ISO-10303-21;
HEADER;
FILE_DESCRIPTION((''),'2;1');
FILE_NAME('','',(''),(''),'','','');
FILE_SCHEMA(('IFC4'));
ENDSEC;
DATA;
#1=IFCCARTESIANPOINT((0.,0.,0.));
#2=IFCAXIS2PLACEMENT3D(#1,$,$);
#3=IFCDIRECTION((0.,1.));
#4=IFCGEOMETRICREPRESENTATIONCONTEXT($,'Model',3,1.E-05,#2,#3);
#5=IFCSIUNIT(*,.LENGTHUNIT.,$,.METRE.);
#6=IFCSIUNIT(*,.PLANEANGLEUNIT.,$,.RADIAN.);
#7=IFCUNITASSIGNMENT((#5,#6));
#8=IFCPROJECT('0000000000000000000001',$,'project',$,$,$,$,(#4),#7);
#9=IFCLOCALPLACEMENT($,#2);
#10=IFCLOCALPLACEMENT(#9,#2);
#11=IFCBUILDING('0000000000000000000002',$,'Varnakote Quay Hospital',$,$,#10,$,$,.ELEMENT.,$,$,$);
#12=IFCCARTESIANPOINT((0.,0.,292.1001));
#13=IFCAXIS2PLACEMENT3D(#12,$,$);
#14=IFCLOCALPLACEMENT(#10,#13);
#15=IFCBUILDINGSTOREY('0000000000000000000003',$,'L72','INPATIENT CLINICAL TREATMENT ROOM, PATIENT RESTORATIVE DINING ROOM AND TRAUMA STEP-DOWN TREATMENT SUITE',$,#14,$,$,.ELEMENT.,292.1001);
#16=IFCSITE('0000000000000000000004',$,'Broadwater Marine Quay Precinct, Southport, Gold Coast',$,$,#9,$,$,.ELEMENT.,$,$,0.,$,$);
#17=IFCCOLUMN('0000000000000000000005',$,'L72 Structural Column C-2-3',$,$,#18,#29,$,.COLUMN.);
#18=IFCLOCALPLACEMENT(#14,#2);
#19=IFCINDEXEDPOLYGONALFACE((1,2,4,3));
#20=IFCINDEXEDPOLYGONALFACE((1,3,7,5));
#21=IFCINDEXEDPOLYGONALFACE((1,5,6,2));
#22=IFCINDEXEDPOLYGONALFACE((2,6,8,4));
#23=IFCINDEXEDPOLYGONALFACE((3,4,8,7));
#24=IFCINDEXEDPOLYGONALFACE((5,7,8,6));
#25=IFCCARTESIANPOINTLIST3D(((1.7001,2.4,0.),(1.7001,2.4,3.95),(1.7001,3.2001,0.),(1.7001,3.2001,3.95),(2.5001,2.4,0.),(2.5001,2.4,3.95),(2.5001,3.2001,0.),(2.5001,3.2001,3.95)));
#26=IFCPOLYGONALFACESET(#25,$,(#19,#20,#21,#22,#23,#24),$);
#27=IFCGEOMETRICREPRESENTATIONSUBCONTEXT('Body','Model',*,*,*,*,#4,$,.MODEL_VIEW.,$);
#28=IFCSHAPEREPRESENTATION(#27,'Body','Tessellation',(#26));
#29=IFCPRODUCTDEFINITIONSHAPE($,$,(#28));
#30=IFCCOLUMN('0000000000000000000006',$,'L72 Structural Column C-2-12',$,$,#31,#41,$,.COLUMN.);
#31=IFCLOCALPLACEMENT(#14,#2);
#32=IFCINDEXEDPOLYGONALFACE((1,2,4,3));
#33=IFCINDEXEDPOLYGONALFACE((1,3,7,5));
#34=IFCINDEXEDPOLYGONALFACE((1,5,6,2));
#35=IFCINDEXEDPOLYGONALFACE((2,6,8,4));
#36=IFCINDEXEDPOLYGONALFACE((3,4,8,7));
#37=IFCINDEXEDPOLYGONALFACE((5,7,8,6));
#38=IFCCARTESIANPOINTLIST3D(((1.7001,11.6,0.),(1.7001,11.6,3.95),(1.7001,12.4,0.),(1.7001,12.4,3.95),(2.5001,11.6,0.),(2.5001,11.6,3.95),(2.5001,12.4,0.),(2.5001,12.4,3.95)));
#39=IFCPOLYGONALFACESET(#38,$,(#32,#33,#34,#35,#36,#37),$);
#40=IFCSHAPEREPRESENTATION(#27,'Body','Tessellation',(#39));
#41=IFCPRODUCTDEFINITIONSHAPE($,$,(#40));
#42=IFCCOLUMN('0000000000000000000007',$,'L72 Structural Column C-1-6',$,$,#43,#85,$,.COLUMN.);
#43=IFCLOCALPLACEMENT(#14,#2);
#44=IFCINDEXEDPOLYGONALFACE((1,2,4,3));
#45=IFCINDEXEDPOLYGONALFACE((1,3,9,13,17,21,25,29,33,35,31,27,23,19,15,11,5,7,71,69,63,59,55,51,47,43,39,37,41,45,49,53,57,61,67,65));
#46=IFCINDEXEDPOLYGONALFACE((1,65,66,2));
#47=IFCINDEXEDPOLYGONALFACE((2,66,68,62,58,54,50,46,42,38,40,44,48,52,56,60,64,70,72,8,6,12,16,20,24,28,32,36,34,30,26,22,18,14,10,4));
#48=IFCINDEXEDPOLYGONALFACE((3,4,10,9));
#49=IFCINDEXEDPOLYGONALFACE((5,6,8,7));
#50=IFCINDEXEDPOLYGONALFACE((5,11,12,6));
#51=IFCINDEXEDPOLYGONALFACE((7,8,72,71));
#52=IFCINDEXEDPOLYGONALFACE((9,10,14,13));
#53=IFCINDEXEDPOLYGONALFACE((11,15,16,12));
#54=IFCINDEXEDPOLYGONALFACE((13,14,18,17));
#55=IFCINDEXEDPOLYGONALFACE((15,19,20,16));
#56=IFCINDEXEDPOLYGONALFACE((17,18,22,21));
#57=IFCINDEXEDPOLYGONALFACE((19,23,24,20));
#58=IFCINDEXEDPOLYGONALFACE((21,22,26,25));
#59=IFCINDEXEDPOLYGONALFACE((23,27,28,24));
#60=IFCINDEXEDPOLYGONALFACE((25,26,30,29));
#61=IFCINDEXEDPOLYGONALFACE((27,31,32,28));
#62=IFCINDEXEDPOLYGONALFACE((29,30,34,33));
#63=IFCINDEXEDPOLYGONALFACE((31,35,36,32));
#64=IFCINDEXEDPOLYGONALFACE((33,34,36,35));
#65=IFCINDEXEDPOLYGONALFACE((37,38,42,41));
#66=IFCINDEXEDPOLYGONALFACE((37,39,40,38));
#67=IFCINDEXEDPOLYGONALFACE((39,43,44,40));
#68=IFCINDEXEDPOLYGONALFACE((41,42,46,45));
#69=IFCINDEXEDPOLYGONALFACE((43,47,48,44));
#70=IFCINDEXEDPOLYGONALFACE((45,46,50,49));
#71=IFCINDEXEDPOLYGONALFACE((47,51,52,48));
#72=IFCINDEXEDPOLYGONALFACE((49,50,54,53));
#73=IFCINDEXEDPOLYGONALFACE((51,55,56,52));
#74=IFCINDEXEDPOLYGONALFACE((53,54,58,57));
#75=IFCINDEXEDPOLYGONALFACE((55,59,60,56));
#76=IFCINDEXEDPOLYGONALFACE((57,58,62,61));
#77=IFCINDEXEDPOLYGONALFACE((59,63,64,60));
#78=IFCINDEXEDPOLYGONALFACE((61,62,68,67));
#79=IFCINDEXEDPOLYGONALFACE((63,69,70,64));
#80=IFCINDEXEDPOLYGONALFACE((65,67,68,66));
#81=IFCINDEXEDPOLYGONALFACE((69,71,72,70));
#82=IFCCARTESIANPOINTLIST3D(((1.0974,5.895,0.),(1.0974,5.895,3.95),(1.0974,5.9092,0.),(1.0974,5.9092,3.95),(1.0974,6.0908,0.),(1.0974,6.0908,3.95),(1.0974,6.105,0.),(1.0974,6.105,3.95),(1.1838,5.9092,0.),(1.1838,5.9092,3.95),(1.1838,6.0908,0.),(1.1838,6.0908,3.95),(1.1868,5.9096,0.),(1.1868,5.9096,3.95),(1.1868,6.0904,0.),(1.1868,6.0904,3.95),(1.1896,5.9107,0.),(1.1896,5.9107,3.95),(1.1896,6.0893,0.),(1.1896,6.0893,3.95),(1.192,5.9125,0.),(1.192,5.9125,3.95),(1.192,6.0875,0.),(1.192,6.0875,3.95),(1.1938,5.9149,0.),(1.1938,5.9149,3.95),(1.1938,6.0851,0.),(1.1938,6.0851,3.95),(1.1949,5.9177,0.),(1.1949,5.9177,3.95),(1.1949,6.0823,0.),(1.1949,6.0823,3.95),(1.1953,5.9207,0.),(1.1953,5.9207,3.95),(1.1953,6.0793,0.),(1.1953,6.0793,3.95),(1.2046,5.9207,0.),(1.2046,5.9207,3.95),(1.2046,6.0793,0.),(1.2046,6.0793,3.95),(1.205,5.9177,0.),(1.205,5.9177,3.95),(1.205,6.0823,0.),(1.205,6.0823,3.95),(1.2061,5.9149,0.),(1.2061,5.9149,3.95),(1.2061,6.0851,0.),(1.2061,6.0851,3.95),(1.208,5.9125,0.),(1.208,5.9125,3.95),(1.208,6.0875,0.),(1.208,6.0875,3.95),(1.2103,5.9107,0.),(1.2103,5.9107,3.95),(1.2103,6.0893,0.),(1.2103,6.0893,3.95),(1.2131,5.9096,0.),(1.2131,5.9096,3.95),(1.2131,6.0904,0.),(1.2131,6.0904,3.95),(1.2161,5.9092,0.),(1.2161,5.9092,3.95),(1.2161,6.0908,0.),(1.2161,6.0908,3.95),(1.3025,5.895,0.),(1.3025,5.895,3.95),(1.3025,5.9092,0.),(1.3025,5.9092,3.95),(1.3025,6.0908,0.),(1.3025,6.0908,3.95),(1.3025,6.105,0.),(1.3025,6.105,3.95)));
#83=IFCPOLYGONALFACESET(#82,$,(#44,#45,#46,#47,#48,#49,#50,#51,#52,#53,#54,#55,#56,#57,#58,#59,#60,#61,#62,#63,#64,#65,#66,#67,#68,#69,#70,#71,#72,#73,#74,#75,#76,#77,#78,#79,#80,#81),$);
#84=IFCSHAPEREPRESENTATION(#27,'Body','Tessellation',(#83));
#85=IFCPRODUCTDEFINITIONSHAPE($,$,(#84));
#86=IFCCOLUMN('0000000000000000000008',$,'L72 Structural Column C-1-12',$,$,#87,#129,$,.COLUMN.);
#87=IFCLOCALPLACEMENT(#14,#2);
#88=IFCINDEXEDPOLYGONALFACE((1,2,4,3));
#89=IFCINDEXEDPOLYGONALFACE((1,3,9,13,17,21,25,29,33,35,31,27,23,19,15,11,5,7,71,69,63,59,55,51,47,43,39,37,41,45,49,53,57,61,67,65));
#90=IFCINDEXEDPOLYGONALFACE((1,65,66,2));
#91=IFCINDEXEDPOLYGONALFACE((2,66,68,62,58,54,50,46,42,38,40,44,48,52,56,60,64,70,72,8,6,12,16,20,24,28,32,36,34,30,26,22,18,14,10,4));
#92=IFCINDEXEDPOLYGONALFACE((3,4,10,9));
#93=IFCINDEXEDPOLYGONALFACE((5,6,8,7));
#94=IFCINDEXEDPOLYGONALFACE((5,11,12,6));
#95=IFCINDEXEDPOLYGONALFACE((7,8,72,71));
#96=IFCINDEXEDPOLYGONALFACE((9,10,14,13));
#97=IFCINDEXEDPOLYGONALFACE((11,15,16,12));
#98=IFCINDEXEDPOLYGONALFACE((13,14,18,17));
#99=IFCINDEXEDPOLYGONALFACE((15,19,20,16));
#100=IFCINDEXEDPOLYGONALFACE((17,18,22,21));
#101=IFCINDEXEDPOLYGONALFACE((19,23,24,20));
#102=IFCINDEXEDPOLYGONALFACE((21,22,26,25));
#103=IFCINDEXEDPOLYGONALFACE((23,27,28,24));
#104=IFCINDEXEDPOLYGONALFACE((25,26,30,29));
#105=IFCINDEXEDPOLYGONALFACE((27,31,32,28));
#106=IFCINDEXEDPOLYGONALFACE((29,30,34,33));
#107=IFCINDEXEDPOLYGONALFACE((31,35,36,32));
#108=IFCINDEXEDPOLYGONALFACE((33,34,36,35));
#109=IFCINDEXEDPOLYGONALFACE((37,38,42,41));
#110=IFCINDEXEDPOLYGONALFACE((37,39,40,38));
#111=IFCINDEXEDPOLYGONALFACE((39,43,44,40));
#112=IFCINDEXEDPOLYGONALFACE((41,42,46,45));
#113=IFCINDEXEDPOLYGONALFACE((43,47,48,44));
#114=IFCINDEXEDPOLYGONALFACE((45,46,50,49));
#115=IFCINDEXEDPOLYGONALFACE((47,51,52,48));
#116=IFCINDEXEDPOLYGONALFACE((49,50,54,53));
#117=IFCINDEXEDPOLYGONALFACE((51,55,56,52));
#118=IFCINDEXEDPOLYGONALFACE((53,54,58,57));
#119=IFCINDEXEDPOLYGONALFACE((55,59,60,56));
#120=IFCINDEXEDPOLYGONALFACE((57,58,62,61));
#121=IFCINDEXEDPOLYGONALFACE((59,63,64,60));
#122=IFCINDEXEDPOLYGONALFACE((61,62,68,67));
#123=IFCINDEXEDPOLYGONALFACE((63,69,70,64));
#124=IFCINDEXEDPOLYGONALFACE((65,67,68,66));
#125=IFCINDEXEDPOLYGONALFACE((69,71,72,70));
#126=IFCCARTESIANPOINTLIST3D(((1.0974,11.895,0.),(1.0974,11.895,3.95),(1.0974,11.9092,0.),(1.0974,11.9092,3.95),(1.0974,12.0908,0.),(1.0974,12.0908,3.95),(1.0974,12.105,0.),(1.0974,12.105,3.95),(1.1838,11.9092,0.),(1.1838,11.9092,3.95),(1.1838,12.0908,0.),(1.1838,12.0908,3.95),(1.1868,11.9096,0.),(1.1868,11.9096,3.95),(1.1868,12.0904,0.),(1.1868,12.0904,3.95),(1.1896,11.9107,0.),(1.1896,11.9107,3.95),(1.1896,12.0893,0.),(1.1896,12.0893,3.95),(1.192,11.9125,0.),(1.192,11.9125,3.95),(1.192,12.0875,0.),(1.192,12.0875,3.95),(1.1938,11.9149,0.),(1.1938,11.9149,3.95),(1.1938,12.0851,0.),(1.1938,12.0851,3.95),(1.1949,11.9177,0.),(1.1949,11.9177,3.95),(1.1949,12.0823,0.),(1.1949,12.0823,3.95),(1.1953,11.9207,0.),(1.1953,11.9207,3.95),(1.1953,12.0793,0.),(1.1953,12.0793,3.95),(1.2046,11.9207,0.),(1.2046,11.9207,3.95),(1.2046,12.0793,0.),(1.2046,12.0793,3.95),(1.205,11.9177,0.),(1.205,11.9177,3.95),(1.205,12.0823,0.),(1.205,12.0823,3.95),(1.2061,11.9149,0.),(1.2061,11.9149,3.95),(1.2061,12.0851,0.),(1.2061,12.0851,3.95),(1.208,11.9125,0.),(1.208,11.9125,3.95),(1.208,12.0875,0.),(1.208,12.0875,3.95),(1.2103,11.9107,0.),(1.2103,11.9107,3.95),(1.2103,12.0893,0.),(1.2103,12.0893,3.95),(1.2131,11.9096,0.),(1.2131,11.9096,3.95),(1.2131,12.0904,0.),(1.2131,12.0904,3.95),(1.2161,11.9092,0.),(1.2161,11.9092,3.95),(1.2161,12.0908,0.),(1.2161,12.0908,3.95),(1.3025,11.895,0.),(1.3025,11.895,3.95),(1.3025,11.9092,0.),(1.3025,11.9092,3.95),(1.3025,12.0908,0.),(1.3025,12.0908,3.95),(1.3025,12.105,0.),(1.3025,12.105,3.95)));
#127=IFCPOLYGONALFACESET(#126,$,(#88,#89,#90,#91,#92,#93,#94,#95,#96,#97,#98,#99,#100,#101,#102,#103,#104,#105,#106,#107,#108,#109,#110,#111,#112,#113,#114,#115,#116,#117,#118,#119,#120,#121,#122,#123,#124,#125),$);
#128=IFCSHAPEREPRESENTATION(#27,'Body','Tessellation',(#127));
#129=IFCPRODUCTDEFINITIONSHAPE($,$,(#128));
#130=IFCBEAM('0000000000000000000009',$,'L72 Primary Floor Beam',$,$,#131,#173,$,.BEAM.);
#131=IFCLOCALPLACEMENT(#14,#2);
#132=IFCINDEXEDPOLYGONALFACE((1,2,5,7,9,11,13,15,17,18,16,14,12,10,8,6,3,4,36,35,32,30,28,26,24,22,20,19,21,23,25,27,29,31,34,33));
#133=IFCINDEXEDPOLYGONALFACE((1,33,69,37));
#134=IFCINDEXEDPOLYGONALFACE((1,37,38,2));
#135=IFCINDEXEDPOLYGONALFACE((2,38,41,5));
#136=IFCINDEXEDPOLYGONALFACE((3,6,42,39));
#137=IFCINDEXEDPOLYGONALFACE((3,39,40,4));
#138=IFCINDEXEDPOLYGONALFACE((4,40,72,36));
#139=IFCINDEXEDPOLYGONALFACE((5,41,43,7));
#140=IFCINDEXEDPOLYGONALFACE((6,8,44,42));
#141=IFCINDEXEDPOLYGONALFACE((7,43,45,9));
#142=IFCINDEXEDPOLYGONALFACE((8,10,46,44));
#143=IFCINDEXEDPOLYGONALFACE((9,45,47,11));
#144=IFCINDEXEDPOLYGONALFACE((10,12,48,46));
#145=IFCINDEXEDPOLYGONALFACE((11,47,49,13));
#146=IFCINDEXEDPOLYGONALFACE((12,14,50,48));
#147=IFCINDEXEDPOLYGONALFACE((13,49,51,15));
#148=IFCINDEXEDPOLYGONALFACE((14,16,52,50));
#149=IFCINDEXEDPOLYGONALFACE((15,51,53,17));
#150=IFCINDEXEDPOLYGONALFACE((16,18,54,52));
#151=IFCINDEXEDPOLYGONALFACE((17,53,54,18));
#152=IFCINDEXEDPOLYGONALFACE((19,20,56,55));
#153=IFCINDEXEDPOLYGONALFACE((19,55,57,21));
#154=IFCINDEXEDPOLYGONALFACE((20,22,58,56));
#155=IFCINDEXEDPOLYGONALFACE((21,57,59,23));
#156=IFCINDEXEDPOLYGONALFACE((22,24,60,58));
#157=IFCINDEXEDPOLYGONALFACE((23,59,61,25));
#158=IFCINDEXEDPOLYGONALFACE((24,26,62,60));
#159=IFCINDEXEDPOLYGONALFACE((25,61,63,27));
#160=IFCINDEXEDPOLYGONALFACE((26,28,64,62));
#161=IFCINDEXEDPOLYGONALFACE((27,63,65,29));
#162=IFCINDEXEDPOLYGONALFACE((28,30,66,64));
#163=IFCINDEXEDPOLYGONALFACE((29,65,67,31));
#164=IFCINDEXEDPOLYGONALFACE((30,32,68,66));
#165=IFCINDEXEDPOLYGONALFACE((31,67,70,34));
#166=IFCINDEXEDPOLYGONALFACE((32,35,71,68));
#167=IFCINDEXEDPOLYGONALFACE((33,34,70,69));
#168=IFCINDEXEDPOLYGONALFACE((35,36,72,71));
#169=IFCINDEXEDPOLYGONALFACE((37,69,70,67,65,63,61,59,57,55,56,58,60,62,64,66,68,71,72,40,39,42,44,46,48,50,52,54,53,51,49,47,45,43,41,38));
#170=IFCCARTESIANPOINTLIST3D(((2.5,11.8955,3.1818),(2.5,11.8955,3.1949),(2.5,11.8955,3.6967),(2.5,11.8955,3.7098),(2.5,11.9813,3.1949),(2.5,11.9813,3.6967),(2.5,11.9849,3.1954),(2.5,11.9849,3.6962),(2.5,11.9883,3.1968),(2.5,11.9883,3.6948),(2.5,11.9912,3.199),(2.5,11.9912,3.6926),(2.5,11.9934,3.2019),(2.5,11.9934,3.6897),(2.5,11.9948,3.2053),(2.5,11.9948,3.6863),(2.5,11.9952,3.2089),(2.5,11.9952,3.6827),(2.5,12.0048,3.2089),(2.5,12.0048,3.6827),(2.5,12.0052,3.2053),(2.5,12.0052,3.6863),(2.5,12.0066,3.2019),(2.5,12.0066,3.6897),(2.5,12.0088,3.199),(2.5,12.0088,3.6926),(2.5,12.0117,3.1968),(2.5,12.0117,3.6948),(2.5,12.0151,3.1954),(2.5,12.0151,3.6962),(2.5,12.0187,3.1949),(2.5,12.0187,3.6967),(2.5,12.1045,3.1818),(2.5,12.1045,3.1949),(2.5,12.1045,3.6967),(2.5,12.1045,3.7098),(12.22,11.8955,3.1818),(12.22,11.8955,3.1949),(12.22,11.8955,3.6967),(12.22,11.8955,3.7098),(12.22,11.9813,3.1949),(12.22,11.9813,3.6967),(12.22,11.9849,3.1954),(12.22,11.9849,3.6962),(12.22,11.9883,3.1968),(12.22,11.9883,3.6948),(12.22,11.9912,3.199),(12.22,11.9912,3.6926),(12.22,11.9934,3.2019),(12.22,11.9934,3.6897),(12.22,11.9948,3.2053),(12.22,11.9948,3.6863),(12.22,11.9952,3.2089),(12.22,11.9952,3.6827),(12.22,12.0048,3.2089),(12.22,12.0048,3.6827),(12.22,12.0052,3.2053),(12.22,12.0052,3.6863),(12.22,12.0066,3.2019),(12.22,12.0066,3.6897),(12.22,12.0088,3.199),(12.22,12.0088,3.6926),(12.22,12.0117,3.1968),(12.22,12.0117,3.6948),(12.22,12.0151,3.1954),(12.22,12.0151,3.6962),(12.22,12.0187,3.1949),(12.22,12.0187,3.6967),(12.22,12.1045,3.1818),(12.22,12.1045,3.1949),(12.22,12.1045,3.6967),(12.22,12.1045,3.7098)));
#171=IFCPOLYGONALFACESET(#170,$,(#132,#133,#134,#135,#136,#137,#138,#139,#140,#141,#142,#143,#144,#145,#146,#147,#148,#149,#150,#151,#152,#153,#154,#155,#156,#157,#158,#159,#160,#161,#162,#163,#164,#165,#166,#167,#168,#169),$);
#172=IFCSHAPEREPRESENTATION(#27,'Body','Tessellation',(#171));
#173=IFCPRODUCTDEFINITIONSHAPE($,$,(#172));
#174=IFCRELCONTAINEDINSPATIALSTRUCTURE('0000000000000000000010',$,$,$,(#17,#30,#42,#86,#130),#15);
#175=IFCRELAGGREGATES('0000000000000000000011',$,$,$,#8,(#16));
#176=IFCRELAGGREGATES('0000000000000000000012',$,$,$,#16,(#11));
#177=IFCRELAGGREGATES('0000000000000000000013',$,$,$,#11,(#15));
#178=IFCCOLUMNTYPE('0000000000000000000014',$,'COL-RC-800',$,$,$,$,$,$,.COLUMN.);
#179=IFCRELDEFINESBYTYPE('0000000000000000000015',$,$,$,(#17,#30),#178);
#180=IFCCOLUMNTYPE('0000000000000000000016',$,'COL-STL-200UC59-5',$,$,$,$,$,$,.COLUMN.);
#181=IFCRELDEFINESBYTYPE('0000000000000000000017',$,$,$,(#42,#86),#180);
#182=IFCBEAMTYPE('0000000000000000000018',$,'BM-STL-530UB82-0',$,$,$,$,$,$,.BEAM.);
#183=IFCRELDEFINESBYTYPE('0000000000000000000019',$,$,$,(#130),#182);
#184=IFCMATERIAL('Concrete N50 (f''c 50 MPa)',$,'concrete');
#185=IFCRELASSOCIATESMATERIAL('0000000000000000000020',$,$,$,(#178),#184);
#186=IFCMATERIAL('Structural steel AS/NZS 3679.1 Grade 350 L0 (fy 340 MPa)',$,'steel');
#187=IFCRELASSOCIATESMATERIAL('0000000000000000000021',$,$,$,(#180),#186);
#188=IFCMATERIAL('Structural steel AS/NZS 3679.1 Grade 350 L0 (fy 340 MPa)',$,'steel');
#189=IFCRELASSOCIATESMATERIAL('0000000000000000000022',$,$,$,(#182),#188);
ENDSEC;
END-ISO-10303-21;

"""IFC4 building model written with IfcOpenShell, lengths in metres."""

from ifc_helpers import new_model, si_unit, direction, frame, origin, origin_2d, place, context, subcontext, project, spatial, rectangle, i_section, extrude, material, material_profile, profile_set, type_object, element, save


model = new_model("IFC4")

# Units and contexts
model_context = context("Model", 3, precision=1e-05, world=origin(), true_north=direction((0.0, 1.0)))
body_context = subcontext(model_context, "Body", "Model", "MODEL_VIEW")
ifc_project = project(units=[si_unit("LENGTHUNIT", "METRE"), si_unit("PLANEANGLEUNIT", "RADIAN")], contexts=[model_context])

# Site, building, storey
site_placement = place(None, origin())
site = spatial("IfcSite", under=ifc_project, at=site_placement, Name="Broadwater Marine Quay Precinct, Southport, Gold Coast", CompositionType="ELEMENT", RefElevation=0.0)
building_placement = place(site_placement, origin())
building = spatial("IfcBuilding", under=site, at=building_placement, Name="Varnakote Quay Hospital", CompositionType="ELEMENT")
storey_placement = place(building_placement, frame((0.0, 0.0, 292.1001)))
storey = spatial("IfcBuildingStorey", under=building, at=storey_placement, Name="L72", Description="INPATIENT CLINICAL TREATMENT ROOM, PATIENT RESTORATIVE DINING ROOM AND TRAUMA STEP-DOWN TREATMENT SUITE", CompositionType="ELEMENT", Elevation=292.1001)

# Columns
ifc_material_1 = material(Name="Concrete N50 (f'c 50 MPa)", Category="concrete")
ifc_material_profile_1 = material_profile(ifc_material_1, rectangle(XDim=0.8, YDim=0.8, at=origin_2d()), Name="RC-COL-800x800")
ifc_profile_set_1 = profile_set([ifc_material_profile_1], Name="Concrete N50 (f'c 50 MPa)")
column_type_1 = type_object("IfcColumnType", Name="COL-RC-800", PredefinedType="COLUMN", material=ifc_profile_set_1)
for number, where, z_axis, x_axis, name in (
    (1, (2.1001, 2.8, 0.0), (0.0, 0.0, 1.0), (1.0, 0.0, 0.0), "L72 Structural Column C-2-3"),
    (2, (2.1001, 12.0, 0.0), (0.0, 0.0, 1.0), (1.0, 0.0, 0.0), "L72 Structural Column C-2-12"),
):
    element("IfcColumn", number, at=place(storey_placement, frame(where, z_axis=z_axis, x_axis=x_axis)), inside=storey, type_object=column_type_1, Name=name, PredefinedType="COLUMN", context=body_context, shape_type="SweptSolid", body=[
        extrude(rectangle(XDim=0.8, YDim=0.8, at=origin_2d()), origin(), (0.0, 0.0, 1.0), 3.95),
    ])
ifc_material_2 = material(Name="Structural steel AS/NZS 3679.1 Grade 350 L0 (fy 340 MPa)", Category="steel")
ifc_material_profile_2 = material_profile(ifc_material_2, i_section(OverallWidth=0.2051, OverallDepth=0.21, WebThickness=0.0093, FlangeThickness=0.0142, FilletRadius=0.0115, at=origin_2d()), Name="200UC59.5")
ifc_profile_set_2 = profile_set([ifc_material_profile_2], Name="Structural steel AS/NZS 3679.1 Grade 350 L0 (fy 340 MPa)")
column_type_2 = type_object("IfcColumnType", Name="COL-STL-200UC59-5", PredefinedType="COLUMN", material=ifc_profile_set_2)
for number, where, z_axis, x_axis, name in (
    (3, (1.2, 6.0, 0.0), (0.0, 0.0, 1.0), (1.0, 0.0, 0.0), "L72 Structural Column C-1-6"),
    (4, (1.2, 12.0, 0.0), (0.0, 0.0, 1.0), (1.0, 0.0, 0.0), "L72 Structural Column C-1-12"),
):
    element("IfcColumn", number, at=place(storey_placement, frame(where, z_axis=z_axis, x_axis=x_axis)), inside=storey, type_object=column_type_2, Name=name, PredefinedType="COLUMN", context=body_context, shape_type="SweptSolid", body=[
        extrude(i_section(OverallWidth=0.2051, OverallDepth=0.21, WebThickness=0.0093, FlangeThickness=0.0142, FilletRadius=0.0115, at=origin_2d()), origin(), (0.0, 0.0, 1.0), 3.95),
    ])

# Beam
ifc_material_3 = material(Name="Structural steel AS/NZS 3679.1 Grade 350 L0 (fy 340 MPa)", Category="steel")
ifc_material_profile_3 = material_profile(ifc_material_3, i_section(OverallWidth=0.209, OverallDepth=0.5281, WebThickness=0.0095, FlangeThickness=0.0132, FilletRadius=0.0139, at=origin_2d()), Name="530UB82.0")
ifc_profile_set_3 = profile_set([ifc_material_profile_3], Name="Structural steel AS/NZS 3679.1 Grade 350 L0 (fy 340 MPa)")
beam_type_1 = type_object("IfcBeamType", Name="BM-STL-530UB82-0", PredefinedType="BEAM", material=ifc_profile_set_3)
beam_1_placement = place(storey_placement, frame((2.5, 12.0, 3.4458), z_axis=(1.0, 0.0, 0.0), x_axis=(0.0, 1.0, 0.0)))
element("IfcBeam", 5, at=beam_1_placement, inside=storey, type_object=beam_type_1, Name="L72 Primary Floor Beam", PredefinedType="BEAM", context=body_context, shape_type="SweptSolid", body=[
    extrude(i_section(OverallWidth=0.209, OverallDepth=0.5281, WebThickness=0.0095, FlangeThickness=0.0132, FilletRadius=0.0139, at=origin_2d()), origin(), (0.0, 0.0, 1.0), 9.72),
])

save(model, "model.ifc")
